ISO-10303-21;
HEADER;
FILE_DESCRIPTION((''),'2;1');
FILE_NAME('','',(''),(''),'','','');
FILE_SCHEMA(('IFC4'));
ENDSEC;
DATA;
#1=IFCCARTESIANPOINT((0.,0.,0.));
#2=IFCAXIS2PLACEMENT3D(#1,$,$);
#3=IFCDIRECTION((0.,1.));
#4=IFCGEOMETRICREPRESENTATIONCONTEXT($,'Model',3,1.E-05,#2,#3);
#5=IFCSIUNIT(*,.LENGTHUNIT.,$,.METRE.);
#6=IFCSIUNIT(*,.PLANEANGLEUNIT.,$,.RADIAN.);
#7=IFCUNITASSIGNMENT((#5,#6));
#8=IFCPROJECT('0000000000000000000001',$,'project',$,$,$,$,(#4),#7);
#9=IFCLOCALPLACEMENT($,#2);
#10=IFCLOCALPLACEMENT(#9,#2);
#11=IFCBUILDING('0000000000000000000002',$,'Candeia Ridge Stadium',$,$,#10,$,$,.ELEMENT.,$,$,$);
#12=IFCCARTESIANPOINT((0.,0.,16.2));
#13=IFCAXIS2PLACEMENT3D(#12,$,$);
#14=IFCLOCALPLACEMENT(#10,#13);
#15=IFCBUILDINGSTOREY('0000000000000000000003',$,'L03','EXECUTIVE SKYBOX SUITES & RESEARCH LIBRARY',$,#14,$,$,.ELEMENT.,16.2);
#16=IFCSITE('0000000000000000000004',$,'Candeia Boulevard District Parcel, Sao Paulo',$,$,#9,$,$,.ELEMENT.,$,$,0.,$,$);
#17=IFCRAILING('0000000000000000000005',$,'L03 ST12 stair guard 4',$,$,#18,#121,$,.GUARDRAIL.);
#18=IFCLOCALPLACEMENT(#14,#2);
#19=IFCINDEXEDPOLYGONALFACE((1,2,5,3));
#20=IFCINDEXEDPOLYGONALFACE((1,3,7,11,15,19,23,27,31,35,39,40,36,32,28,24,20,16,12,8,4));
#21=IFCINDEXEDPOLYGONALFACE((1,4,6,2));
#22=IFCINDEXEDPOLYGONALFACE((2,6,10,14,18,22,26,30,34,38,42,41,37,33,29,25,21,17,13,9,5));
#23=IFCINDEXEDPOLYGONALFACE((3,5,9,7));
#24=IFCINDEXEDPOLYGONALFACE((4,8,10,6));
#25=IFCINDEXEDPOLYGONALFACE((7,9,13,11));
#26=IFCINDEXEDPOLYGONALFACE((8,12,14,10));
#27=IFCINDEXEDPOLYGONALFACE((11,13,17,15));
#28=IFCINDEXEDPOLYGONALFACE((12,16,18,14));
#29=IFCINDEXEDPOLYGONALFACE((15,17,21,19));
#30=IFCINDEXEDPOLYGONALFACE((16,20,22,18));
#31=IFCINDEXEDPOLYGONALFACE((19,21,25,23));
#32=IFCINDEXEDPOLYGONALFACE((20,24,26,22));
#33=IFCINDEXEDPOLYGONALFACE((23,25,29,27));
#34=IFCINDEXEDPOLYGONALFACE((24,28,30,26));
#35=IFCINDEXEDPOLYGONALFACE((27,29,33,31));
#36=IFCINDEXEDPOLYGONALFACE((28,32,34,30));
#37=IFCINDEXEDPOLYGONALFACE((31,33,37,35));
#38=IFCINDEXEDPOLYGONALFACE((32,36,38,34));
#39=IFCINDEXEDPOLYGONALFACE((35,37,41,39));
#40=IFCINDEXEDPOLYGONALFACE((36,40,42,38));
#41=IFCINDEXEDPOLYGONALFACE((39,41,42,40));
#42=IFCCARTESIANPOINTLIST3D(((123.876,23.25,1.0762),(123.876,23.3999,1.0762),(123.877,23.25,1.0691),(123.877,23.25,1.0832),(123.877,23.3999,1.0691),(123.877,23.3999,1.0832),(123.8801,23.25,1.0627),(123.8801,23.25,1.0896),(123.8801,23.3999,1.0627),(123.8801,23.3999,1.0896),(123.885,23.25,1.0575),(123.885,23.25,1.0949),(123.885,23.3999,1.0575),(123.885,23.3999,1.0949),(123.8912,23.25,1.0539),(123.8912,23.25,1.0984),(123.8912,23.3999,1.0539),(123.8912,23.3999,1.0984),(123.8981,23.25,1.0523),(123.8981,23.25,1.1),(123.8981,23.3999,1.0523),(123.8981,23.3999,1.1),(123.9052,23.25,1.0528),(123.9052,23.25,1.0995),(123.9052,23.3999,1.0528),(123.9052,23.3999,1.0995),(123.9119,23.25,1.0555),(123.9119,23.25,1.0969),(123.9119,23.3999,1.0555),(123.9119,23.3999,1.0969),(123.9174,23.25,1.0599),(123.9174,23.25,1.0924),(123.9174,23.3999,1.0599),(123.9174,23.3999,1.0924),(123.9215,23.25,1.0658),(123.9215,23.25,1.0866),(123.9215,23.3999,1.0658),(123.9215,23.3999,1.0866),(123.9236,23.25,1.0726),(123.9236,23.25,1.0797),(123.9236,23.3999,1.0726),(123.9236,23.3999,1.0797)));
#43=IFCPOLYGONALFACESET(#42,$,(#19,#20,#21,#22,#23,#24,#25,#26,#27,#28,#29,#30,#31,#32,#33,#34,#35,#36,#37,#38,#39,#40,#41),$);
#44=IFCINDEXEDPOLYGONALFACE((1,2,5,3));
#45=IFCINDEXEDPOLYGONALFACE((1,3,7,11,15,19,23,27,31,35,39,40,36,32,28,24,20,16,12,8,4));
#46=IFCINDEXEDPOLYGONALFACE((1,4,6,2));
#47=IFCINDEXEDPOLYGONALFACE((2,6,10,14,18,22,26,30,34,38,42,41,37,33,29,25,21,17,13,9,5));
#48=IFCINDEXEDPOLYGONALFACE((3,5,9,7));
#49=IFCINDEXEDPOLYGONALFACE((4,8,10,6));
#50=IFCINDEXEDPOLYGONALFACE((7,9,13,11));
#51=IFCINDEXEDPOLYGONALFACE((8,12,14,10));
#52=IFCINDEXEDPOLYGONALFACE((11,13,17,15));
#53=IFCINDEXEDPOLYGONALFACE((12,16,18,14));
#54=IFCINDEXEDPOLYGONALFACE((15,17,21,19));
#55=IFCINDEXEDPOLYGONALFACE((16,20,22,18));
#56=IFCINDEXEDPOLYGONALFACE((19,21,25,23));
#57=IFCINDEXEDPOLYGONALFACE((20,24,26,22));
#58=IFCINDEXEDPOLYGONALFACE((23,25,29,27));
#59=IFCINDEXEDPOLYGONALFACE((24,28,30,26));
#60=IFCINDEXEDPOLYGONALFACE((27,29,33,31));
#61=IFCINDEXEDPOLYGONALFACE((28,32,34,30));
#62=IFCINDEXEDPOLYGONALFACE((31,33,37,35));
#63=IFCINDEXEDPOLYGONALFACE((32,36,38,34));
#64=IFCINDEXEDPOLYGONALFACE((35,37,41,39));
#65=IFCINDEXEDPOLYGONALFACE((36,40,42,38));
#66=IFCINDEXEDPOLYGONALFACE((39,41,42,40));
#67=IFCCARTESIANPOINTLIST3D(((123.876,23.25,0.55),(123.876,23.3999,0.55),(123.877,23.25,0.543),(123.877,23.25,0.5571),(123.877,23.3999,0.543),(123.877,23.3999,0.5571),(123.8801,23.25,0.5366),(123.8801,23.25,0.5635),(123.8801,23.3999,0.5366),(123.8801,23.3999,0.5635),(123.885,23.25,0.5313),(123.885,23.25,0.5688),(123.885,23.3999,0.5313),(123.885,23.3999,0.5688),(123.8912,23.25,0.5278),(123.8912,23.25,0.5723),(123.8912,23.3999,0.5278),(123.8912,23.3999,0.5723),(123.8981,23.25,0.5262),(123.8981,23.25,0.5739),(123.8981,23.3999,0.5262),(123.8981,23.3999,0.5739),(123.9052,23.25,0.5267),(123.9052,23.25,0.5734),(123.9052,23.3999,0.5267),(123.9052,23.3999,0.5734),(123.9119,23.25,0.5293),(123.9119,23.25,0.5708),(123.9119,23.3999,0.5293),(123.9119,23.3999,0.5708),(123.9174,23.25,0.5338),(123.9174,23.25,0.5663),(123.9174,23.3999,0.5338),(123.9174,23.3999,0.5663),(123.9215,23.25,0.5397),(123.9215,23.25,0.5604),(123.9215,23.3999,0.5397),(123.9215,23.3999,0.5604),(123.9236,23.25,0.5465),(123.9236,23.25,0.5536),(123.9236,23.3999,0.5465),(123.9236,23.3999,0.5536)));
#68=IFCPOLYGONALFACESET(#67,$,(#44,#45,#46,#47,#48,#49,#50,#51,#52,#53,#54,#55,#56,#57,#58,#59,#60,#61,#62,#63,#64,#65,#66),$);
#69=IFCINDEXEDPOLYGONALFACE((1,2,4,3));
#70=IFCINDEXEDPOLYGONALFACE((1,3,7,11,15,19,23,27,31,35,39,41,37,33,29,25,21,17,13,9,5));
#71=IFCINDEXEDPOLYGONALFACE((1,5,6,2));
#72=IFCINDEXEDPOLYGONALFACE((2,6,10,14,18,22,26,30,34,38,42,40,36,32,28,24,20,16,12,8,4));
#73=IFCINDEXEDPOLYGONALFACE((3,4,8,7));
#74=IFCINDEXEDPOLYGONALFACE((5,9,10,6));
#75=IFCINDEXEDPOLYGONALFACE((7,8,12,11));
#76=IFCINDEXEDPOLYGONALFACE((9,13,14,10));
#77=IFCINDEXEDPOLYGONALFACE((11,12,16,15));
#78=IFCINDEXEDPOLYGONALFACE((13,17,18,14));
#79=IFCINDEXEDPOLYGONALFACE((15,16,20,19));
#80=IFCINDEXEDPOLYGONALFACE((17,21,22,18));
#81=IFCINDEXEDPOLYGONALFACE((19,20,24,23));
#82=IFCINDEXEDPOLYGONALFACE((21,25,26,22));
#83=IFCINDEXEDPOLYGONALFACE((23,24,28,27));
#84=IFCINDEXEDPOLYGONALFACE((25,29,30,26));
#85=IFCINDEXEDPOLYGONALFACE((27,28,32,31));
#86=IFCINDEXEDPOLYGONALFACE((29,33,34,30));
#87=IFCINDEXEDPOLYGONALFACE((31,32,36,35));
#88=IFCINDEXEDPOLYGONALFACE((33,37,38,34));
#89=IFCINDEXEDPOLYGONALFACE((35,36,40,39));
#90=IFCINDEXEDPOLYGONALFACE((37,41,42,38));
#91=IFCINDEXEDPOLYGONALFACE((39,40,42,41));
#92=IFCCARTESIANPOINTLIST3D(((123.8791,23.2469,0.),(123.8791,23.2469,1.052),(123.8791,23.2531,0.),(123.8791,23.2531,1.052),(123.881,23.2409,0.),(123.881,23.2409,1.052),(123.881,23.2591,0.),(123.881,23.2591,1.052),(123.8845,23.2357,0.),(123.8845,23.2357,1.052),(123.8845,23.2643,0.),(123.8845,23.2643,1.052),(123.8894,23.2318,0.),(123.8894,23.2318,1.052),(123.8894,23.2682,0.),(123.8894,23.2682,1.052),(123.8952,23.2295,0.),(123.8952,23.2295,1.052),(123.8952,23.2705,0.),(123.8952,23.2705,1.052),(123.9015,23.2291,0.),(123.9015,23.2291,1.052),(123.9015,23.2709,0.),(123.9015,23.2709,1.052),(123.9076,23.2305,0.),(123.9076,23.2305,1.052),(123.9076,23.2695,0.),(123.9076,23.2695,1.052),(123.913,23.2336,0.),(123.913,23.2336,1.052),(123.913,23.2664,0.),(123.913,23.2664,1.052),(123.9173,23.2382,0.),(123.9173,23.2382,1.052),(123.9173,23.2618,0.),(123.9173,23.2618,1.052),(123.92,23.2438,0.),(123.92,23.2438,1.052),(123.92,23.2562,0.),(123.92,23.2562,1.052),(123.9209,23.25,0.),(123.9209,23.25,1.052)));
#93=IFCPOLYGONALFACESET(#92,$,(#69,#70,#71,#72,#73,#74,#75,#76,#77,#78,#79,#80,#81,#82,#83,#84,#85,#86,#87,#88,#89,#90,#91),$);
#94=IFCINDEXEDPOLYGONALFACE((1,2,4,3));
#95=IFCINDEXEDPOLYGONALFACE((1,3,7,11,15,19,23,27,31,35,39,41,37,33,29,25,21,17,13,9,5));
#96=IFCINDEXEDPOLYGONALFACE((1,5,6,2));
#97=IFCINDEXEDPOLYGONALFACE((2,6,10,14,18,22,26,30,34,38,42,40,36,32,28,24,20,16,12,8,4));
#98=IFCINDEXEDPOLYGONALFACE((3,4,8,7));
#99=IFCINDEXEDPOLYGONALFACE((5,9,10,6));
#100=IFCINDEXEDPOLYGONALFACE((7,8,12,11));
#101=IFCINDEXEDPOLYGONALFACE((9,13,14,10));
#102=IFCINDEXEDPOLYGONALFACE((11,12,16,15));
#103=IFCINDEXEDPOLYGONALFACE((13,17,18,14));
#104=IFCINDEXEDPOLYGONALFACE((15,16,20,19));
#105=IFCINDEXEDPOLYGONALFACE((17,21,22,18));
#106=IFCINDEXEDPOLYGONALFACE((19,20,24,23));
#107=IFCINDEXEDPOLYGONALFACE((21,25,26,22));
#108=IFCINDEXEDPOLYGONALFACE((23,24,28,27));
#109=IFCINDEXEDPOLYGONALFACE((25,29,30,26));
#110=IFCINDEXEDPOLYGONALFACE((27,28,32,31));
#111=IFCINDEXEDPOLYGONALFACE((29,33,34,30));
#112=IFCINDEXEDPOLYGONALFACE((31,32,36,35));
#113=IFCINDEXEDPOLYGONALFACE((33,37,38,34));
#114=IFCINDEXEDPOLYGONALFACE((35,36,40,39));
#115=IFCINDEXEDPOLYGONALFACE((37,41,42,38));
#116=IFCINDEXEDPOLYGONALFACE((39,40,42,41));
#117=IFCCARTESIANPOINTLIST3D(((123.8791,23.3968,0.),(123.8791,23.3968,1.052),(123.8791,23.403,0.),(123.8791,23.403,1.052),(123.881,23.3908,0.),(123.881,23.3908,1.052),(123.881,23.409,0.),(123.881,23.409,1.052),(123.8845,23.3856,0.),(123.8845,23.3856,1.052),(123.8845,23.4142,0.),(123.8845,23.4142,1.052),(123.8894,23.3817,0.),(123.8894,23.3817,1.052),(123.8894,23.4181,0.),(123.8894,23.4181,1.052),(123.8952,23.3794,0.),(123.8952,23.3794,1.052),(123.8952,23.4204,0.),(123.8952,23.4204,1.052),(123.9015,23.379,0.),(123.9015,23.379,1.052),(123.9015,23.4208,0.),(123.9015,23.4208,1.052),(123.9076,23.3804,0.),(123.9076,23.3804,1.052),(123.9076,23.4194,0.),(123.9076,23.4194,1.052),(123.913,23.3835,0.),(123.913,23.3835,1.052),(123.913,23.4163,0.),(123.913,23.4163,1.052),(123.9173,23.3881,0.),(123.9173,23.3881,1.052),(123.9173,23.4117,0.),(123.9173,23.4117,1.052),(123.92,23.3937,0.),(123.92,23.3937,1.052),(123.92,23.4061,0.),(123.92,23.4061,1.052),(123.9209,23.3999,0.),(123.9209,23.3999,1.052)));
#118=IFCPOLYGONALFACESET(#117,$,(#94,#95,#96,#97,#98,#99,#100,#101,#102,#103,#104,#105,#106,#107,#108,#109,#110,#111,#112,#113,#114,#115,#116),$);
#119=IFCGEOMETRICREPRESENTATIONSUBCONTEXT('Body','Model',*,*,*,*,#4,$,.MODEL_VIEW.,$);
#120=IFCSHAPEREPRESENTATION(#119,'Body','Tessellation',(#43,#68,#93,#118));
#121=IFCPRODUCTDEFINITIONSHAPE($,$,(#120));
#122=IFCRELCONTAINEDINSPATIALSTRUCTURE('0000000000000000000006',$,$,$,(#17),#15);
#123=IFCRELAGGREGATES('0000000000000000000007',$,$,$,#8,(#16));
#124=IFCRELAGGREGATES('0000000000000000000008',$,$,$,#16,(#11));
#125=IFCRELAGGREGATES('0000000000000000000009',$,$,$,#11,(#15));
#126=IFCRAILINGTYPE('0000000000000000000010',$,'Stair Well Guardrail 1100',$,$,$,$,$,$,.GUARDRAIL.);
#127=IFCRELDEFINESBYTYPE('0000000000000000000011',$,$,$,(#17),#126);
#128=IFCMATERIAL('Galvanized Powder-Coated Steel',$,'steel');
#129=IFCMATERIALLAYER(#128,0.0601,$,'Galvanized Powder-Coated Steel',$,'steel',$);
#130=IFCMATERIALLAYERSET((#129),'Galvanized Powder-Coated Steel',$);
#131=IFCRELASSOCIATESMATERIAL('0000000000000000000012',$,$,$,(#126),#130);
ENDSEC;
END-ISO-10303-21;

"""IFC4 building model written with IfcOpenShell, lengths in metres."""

from ifc_helpers import new_model, si_unit, direction, frame, origin, origin_2d, place, context, subcontext, project, spatial, circle, extrude, material, layer, layer_set, type_object, element, save


model = new_model("IFC4")

# Units and contexts
model_context = context("Model", 3, precision=1e-05, world=origin(), true_north=direction((0.0, 1.0)))
body_context = subcontext(model_context, "Body", "Model", "MODEL_VIEW")
ifc_project = project(units=[si_unit("LENGTHUNIT", "METRE"), si_unit("PLANEANGLEUNIT", "RADIAN")], contexts=[model_context])

# Site, building, storey
site_placement = place(None, origin())
site = spatial("IfcSite", under=ifc_project, at=site_placement, Name="Candeia Boulevard District Parcel, Sao Paulo", CompositionType="ELEMENT", RefElevation=0.0)
building_placement = place(site_placement, origin())
building = spatial("IfcBuilding", under=site, at=building_placement, Name="Candeia Ridge Stadium", CompositionType="ELEMENT")
storey_placement = place(building_placement, frame((0.0, 0.0, 16.2)))
storey = spatial("IfcBuildingStorey", under=building, at=storey_placement, Name="L03", Description="EXECUTIVE SKYBOX SUITES & RESEARCH LIBRARY", CompositionType="ELEMENT", Elevation=16.2)

# Railing
ifc_material_1 = material(Name="Galvanized Powder-Coated Steel", Category="steel")
ifc_layer_1 = layer(ifc_material_1, 0.0601, Name="Galvanized Powder-Coated Steel", Category="steel")
ifc_layer_set_1 = layer_set([ifc_layer_1], Name="Galvanized Powder-Coated Steel")
railing_type_1 = type_object("IfcRailingType", Name="Stair Well Guardrail 1100", PredefinedType="GUARDRAIL", material=ifc_layer_set_1)
railing_1_placement = place(storey_placement, frame((123.8999, 23.25, 0.0)))
element("IfcRailing", 1, at=railing_1_placement, inside=storey, type_object=railing_type_1, Name="L03 ST12 stair guard 4", PredefinedType="GUARDRAIL", context=body_context, shape_type="SweptSolid", body=[
    extrude(circle(Radius=0.0239, at=origin_2d()), frame((0.0, 0.0, 1.0762), z_axis=(0.0, 1.0, 0.0), x_axis=(-1.0, 0.0, 0.0)), (0.0, 0.0, 1.0), 0.1499),
    extrude(circle(Radius=0.0239, at=origin_2d()), frame((0.0, 0.0, 0.55), z_axis=(0.0, 1.0, 0.0), x_axis=(-1.0, 0.0, 0.0)), (0.0, 0.0, 1.0), 0.1499),
    extrude(circle(Radius=0.021, at=origin_2d()), origin(), (0.0, 0.0, 1.0), 1.052),
    extrude(circle(Radius=0.021, at=origin_2d()), frame((0.0, 0.1499, 0.0)), (0.0, 0.0, 1.0), 1.052),
])

save(model, "model.ifc")
